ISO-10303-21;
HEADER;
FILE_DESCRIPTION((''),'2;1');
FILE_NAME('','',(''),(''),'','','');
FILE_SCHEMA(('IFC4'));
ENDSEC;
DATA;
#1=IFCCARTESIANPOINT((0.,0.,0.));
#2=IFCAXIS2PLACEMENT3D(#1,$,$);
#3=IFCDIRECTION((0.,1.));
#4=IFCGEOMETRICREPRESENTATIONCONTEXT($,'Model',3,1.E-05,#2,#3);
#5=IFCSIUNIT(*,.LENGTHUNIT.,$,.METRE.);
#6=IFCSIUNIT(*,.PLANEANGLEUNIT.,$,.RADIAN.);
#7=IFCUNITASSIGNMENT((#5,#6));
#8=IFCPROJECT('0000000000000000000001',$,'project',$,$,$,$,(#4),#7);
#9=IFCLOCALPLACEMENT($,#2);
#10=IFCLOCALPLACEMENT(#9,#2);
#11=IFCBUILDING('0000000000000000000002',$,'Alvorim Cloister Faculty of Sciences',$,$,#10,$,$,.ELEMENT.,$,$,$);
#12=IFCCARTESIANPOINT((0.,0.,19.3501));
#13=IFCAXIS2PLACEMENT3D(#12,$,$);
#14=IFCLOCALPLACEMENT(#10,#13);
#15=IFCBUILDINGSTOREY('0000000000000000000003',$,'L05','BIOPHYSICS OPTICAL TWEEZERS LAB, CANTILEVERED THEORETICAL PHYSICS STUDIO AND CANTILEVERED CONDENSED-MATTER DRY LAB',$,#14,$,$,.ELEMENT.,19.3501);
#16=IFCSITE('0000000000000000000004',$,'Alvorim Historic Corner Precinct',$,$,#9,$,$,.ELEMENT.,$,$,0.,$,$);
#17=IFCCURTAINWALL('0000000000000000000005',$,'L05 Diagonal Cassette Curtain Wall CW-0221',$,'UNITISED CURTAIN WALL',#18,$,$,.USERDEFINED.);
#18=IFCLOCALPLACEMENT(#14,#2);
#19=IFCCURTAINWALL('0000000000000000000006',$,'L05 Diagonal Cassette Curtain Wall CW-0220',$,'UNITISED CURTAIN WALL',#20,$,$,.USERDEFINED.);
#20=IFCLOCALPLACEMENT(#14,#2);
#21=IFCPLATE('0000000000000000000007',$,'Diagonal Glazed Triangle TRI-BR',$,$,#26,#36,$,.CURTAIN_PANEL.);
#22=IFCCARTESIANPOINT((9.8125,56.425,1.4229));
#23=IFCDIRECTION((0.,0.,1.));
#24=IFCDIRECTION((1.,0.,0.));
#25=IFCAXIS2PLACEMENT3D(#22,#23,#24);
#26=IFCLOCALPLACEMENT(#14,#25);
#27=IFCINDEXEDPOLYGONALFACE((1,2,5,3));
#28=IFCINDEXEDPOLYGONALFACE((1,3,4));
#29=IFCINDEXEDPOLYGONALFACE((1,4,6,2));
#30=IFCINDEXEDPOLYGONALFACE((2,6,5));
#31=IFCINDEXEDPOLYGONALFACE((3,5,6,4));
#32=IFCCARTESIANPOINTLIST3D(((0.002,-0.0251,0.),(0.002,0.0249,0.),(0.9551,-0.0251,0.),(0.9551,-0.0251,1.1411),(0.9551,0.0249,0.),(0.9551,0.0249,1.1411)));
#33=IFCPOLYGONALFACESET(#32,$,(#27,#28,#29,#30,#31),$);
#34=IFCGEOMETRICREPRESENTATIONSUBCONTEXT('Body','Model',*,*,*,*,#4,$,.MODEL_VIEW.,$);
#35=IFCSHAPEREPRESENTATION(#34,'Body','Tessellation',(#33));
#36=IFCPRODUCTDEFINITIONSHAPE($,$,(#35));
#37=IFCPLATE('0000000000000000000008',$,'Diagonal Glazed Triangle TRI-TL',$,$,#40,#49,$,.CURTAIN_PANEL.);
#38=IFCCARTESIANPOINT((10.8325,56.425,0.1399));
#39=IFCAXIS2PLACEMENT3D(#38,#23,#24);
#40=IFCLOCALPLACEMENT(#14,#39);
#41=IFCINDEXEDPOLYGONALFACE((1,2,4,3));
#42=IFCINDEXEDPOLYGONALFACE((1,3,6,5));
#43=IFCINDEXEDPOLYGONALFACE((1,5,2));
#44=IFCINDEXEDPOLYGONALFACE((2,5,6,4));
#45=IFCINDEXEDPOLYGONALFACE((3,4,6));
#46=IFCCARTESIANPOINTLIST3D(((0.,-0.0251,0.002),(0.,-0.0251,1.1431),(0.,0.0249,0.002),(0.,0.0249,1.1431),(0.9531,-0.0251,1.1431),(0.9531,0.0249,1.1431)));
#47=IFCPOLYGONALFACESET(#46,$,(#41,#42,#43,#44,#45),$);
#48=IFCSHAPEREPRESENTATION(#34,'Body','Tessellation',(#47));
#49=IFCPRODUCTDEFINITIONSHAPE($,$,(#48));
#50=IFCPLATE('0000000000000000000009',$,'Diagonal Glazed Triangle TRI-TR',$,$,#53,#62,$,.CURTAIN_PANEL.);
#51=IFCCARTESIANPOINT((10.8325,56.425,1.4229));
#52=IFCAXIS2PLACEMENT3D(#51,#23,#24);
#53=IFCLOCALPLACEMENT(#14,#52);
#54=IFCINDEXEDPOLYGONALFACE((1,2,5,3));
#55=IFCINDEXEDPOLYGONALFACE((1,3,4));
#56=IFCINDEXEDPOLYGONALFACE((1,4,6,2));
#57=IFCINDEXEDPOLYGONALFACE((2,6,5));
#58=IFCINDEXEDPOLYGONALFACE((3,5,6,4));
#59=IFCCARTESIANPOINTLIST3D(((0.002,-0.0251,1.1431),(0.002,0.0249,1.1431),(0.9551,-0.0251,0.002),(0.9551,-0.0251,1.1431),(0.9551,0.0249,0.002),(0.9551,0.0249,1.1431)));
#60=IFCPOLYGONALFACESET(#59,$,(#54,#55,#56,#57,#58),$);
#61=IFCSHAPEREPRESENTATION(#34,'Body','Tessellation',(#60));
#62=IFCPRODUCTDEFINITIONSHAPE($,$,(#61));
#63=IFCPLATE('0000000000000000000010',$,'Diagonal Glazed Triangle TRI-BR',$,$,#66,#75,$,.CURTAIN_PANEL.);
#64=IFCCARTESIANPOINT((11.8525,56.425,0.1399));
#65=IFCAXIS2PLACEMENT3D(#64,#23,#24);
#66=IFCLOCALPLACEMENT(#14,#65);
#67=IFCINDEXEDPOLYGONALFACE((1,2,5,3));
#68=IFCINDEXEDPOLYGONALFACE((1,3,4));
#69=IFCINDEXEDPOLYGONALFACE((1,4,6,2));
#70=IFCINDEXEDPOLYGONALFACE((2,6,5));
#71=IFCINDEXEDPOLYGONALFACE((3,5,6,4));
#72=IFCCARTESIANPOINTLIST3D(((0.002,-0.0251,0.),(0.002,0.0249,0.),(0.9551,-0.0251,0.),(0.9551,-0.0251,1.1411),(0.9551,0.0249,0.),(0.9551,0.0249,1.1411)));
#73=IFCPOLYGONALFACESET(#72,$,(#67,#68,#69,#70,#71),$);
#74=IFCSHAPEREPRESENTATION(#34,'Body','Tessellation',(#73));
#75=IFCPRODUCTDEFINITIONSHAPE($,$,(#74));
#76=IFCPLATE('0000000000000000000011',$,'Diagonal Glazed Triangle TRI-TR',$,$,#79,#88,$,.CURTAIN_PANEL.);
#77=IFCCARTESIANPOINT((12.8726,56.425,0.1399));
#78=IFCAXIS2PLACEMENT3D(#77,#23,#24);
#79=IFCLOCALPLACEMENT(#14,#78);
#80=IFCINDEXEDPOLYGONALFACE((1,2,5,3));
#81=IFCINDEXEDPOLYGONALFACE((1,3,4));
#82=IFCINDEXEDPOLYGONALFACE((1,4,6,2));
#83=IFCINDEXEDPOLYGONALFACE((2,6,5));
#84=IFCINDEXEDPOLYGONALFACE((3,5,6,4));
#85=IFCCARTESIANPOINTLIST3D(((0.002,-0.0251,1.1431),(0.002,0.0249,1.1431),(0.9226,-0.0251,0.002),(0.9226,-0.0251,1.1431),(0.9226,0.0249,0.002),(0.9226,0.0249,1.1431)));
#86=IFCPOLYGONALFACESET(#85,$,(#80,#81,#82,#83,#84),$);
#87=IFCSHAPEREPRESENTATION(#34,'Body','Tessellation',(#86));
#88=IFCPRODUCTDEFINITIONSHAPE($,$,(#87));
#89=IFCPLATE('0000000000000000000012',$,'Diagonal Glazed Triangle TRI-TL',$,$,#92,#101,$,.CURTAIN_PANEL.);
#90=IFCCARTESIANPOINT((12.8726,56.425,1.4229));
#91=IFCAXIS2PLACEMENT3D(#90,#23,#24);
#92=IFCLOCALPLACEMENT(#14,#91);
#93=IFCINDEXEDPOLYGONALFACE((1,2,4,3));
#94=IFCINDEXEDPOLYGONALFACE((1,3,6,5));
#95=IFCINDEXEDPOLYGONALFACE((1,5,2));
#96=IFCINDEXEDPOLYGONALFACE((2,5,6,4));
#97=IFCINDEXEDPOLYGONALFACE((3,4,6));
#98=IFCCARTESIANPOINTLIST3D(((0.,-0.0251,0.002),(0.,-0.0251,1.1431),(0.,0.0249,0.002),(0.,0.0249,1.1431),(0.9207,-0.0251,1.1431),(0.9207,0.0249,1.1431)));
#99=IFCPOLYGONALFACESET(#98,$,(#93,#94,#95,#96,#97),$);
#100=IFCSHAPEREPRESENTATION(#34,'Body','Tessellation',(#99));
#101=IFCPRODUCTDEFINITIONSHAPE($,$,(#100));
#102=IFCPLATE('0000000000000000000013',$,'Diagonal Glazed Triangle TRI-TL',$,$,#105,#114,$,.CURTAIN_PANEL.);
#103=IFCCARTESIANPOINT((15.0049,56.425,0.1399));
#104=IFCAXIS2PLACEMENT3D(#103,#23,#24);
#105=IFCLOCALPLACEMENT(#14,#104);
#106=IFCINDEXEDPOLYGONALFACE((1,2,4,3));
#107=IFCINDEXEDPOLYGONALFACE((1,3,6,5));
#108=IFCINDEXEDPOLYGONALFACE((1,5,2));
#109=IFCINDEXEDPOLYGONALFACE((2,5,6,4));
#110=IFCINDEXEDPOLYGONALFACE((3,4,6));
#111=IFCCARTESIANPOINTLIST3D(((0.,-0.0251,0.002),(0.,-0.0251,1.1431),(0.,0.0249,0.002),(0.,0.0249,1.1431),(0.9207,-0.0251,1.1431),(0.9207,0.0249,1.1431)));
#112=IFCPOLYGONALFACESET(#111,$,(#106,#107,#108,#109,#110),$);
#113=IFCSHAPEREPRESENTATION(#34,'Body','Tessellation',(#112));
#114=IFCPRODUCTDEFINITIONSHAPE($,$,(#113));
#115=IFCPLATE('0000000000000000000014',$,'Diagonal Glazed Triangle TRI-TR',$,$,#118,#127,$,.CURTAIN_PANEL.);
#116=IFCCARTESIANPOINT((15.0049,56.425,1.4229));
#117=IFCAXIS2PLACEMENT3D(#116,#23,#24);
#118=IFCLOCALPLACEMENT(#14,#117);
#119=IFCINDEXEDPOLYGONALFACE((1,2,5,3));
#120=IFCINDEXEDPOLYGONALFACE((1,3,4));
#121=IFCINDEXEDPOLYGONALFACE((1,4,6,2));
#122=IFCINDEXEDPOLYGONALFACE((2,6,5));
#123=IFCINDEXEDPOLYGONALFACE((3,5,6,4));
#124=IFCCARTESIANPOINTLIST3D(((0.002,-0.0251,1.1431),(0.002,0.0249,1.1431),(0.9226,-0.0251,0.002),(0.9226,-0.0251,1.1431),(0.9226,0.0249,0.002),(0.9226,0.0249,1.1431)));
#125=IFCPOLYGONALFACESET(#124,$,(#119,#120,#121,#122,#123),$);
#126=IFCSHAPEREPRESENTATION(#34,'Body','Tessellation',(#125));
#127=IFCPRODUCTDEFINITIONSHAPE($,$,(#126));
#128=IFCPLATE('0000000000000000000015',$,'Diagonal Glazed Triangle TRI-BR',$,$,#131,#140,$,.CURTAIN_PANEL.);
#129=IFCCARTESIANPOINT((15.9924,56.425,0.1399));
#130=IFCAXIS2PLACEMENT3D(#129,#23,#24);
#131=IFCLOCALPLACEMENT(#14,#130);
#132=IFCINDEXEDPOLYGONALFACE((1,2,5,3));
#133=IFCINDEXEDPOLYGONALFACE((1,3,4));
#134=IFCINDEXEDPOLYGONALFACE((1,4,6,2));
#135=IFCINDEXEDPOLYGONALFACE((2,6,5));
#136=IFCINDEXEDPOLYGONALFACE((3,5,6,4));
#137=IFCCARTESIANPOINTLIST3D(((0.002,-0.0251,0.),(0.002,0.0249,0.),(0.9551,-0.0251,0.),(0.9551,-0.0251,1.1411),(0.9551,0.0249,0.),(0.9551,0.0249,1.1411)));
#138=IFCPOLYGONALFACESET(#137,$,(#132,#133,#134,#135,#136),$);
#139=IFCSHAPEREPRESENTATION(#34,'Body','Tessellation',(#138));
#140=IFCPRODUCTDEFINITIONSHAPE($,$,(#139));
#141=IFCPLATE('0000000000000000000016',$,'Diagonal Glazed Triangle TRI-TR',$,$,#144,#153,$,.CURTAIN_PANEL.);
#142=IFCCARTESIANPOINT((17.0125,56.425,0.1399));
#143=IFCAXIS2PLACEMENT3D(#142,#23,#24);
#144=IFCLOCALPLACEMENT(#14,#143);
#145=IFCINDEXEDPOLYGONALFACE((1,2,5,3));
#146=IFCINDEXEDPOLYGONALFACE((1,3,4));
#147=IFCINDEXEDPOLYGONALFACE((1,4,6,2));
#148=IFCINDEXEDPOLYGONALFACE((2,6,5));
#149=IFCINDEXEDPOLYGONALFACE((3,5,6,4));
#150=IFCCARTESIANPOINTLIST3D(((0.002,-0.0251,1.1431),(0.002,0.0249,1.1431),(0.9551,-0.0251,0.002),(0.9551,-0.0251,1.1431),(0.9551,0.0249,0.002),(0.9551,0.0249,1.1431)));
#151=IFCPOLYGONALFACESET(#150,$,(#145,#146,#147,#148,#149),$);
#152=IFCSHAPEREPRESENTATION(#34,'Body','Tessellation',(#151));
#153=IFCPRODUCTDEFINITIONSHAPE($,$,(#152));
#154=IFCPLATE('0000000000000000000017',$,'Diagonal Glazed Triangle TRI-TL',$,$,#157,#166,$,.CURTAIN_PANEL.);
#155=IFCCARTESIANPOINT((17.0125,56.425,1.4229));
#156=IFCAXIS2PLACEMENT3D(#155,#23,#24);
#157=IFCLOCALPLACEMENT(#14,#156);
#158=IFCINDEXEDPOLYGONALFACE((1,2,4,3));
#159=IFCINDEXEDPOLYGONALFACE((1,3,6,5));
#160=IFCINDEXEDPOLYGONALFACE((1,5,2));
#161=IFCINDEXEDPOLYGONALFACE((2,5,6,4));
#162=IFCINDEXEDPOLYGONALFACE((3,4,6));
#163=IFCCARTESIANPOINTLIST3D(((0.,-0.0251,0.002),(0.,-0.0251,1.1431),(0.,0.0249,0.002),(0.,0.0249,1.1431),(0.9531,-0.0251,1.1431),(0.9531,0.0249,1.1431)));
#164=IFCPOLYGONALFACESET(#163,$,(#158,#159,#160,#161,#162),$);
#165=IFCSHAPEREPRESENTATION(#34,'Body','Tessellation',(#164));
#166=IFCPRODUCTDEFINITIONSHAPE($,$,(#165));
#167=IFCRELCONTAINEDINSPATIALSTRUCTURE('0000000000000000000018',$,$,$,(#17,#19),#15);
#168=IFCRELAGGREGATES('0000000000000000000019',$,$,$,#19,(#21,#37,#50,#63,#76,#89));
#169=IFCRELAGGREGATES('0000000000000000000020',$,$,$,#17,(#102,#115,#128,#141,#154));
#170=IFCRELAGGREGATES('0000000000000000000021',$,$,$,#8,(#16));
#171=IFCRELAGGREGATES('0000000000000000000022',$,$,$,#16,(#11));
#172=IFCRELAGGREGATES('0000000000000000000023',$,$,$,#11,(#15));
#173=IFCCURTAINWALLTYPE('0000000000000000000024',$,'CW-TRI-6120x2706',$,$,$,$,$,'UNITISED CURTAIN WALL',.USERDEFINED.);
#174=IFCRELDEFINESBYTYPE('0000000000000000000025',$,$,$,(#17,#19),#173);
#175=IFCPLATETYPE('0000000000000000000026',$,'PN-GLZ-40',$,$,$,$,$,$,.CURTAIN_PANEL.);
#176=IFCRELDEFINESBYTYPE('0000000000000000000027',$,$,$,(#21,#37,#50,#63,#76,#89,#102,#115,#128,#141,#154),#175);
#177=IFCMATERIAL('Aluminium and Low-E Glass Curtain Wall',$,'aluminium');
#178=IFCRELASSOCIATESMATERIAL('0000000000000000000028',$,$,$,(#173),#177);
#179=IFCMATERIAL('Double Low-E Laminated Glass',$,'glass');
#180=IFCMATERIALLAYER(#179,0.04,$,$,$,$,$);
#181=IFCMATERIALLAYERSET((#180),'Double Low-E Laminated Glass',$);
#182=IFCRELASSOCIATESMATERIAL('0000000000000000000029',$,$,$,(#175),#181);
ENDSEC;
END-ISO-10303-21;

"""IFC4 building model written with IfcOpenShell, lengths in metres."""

from ifc_helpers import new_model, si_unit, direction, frame, origin, place, context, subcontext, project, spatial, polyline, outline, extrude, material, layer, layer_set, type_object, element, aggregate, save


model = new_model("IFC4")

# Units and contexts
model_context = context("Model", 3, precision=1e-05, world=origin(), true_north=direction((0.0, 1.0)))
body_context = subcontext(model_context, "Body", "Model", "MODEL_VIEW")
ifc_project = project(units=[si_unit("LENGTHUNIT", "METRE"), si_unit("PLANEANGLEUNIT", "RADIAN")], contexts=[model_context])

# Site, building, storey
site_placement = place(None, origin())
site = spatial("IfcSite", under=ifc_project, at=site_placement, Name="Alvorim Historic Corner Precinct", CompositionType="ELEMENT", RefElevation=0.0)
building_placement = place(site_placement, origin())
building = spatial("IfcBuilding", under=site, at=building_placement, Name="Alvorim Cloister Faculty of Sciences", CompositionType="ELEMENT")
storey_placement = place(building_placement, frame((0.0, 0.0, 19.3501)))
storey = spatial("IfcBuildingStorey", under=building, at=storey_placement, Name="L05", Description="BIOPHYSICS OPTICAL TWEEZERS LAB, CANTILEVERED THEORETICAL PHYSICS STUDIO AND CANTILEVERED CONDENSED-MATTER DRY LAB", CompositionType="ELEMENT", Elevation=19.3501)

# Curtain wall
ifc_material_1 = material(Name="Aluminium and Low-E Glass Curtain Wall", Category="aluminium")
curtain_wall_type = type_object("IfcCurtainWallType", Name="CW-TRI-6120x2706", ElementType="UNITISED CURTAIN WALL", PredefinedType="USERDEFINED", material=ifc_material_1)
curtain_wall_1_placement = place(storey_placement, origin())
curtain_wall_1 = element("IfcCurtainWall", 1, at=curtain_wall_1_placement, inside=storey, type_object=curtain_wall_type, Name="L05 Diagonal Cassette Curtain Wall CW-0221", ObjectType="UNITISED CURTAIN WALL", PredefinedType="USERDEFINED")

# Curtain wall, plates
curtain_wall_2_placement = place(storey_placement, origin())
curtain_wall_2 = element("IfcCurtainWall", 2, at=curtain_wall_2_placement, inside=storey, type_object=curtain_wall_type, Name="L05 Diagonal Cassette Curtain Wall CW-0220", ObjectType="UNITISED CURTAIN WALL", PredefinedType="USERDEFINED")
ifc_material_2 = material(Name="Double Low-E Laminated Glass", Category="glass")
ifc_layer_1 = layer(ifc_material_2, 0.04)
ifc_layer_set_1 = layer_set([ifc_layer_1], Name="Double Low-E Laminated Glass")
plate_type = type_object("IfcPlateType", Name="PN-GLZ-40", PredefinedType="CURTAIN_PANEL", material=ifc_layer_set_1)
plate_1_placement = place(storey_placement, frame((9.8125, 56.425, 1.4229), z_axis=(0.0, 0.0, 1.0), x_axis=(1.0, 0.0, 0.0)))
plate_1 = element("IfcPlate", 3, at=plate_1_placement, type_object=plate_type, Name="Diagonal Glazed Triangle TRI-BR", PredefinedType="CURTAIN_PANEL", context=body_context, shape_type="SweptSolid", body=[
    extrude(outline(polyline([(0.002, 0.0), (0.9551, 0.0), (0.9551, 1.1411), (0.002, 0.0)])), frame((0.0, 0.0249, 0.0), z_axis=(0.0, -1.0, 0.0), x_axis=(1.0, 0.0, 0.0)), (0.0, 0.0, 1.0), 0.05),
])
plate_2_placement = place(storey_placement, frame((10.8325, 56.425, 0.1399), z_axis=(0.0, 0.0, 1.0), x_axis=(1.0, 0.0, 0.0)))
plate_2 = element("IfcPlate", 4, at=plate_2_placement, type_object=plate_type, Name="Diagonal Glazed Triangle TRI-TL", PredefinedType="CURTAIN_PANEL", context=body_context, shape_type="SweptSolid", body=[
    extrude(outline(polyline([(0.9531, 1.1431), (0.0, 1.1431), (0.0, 0.002), (0.9531, 1.1431)])), frame((0.0, 0.0249, 0.0), z_axis=(0.0, -1.0, 0.0), x_axis=(1.0, 0.0, 0.0)), (0.0, 0.0, 1.0), 0.05),
])
plate_3_placement = place(storey_placement, frame((10.8325, 56.425, 1.4229), z_axis=(0.0, 0.0, 1.0), x_axis=(1.0, 0.0, 0.0)))
plate_3 = element("IfcPlate", 5, at=plate_3_placement, type_object=plate_type, Name="Diagonal Glazed Triangle TRI-TR", PredefinedType="CURTAIN_PANEL", context=body_context, shape_type="SweptSolid", body=[
    extrude(outline(polyline([(0.9551, 0.002), (0.9551, 1.1431), (0.002, 1.1431), (0.9551, 0.002)])), frame((0.0, 0.0249, 0.0), z_axis=(0.0, -1.0, 0.0), x_axis=(1.0, 0.0, 0.0)), (0.0, 0.0, 1.0), 0.05),
])
plate_4_placement = place(storey_placement, frame((11.8525, 56.425, 0.1399), z_axis=(0.0, 0.0, 1.0), x_axis=(1.0, 0.0, 0.0)))
plate_4 = element("IfcPlate", 6, at=plate_4_placement, type_object=plate_type, Name="Diagonal Glazed Triangle TRI-BR", PredefinedType="CURTAIN_PANEL", context=body_context, shape_type="SweptSolid", body=[
    extrude(outline(polyline([(0.002, 0.0), (0.9551, 0.0), (0.9551, 1.1411), (0.002, 0.0)])), frame((0.0, 0.0249, 0.0), z_axis=(0.0, -1.0, 0.0), x_axis=(1.0, 0.0, 0.0)), (0.0, 0.0, 1.0), 0.05),
])
plate_5_placement = place(storey_placement, frame((12.8726, 56.425, 0.1399), z_axis=(0.0, 0.0, 1.0), x_axis=(1.0, 0.0, 0.0)))
plate_5 = element("IfcPlate", 7, at=plate_5_placement, type_object=plate_type, Name="Diagonal Glazed Triangle TRI-TR", PredefinedType="CURTAIN_PANEL", context=body_context, shape_type="SweptSolid", body=[
    extrude(outline(polyline([(0.9226, 0.002), (0.9226, 1.1431), (0.002, 1.1431), (0.9226, 0.002)])), frame((0.0, 0.0249, 0.0), z_axis=(0.0, -1.0, 0.0), x_axis=(1.0, 0.0, 0.0)), (0.0, 0.0, 1.0), 0.05),
])
plate_6_placement = place(storey_placement, frame((12.8726, 56.425, 1.4229), z_axis=(0.0, 0.0, 1.0), x_axis=(1.0, 0.0, 0.0)))
plate_6 = element("IfcPlate", 8, at=plate_6_placement, type_object=plate_type, Name="Diagonal Glazed Triangle TRI-TL", PredefinedType="CURTAIN_PANEL", context=body_context, shape_type="SweptSolid", body=[
    extrude(outline(polyline([(0.9207, 1.1431), (0.0, 1.1431), (0.0, 0.002), (0.9207, 1.1431)])), frame((0.0, 0.0249, 0.0), z_axis=(0.0, -1.0, 0.0), x_axis=(1.0, 0.0, 0.0)), (0.0, 0.0, 1.0), 0.05),
])
aggregate(curtain_wall_2, [plate_1, plate_2, plate_3, plate_4, plate_5, plate_6])

# Plates
plate_7_placement = place(storey_placement, frame((15.0049, 56.425, 0.1399), z_axis=(0.0, 0.0, 1.0), x_axis=(1.0, 0.0, 0.0)))
plate_7 = element("IfcPlate", 9, at=plate_7_placement, type_object=plate_type, Name="Diagonal Glazed Triangle TRI-TL", PredefinedType="CURTAIN_PANEL", context=body_context, shape_type="SweptSolid", body=[
    extrude(outline(polyline([(0.9207, 1.1431), (0.0, 1.1431), (0.0, 0.002), (0.9207, 1.1431)])), frame((0.0, 0.0249, 0.0), z_axis=(0.0, -1.0, 0.0), x_axis=(1.0, 0.0, 0.0)), (0.0, 0.0, 1.0), 0.05),
])
plate_8_placement = place(storey_placement, frame((15.0049, 56.425, 1.4229), z_axis=(0.0, 0.0, 1.0), x_axis=(1.0, 0.0, 0.0)))
plate_8 = element("IfcPlate", 10, at=plate_8_placement, type_object=plate_type, Name="Diagonal Glazed Triangle TRI-TR", PredefinedType="CURTAIN_PANEL", context=body_context, shape_type="SweptSolid", body=[
    extrude(outline(polyline([(0.9226, 0.002), (0.9226, 1.1431), (0.002, 1.1431), (0.9226, 0.002)])), frame((0.0, 0.0249, 0.0), z_axis=(0.0, -1.0, 0.0), x_axis=(1.0, 0.0, 0.0)), (0.0, 0.0, 1.0), 0.05),
])
plate_9_placement = place(storey_placement, frame((15.9924, 56.425, 0.1399), z_axis=(0.0, 0.0, 1.0), x_axis=(1.0, 0.0, 0.0)))
plate_9 = element("IfcPlate", 11, at=plate_9_placement, type_object=plate_type, Name="Diagonal Glazed Triangle TRI-BR", PredefinedType="CURTAIN_PANEL", context=body_context, shape_type="SweptSolid", body=[
    extrude(outline(polyline([(0.002, 0.0), (0.9551, 0.0), (0.9551, 1.1411), (0.002, 0.0)])), frame((0.0, 0.0249, 0.0), z_axis=(0.0, -1.0, 0.0), x_axis=(1.0, 0.0, 0.0)), (0.0, 0.0, 1.0), 0.05),
])
plate_10_placement = place(storey_placement, frame((17.0125, 56.425, 0.1399), z_axis=(0.0, 0.0, 1.0), x_axis=(1.0, 0.0, 0.0)))
plate_10 = element("IfcPlate", 12, at=plate_10_placement, type_object=plate_type, Name="Diagonal Glazed Triangle TRI-TR", PredefinedType="CURTAIN_PANEL", context=body_context, shape_type="SweptSolid", body=[
    extrude(outline(polyline([(0.9551, 0.002), (0.9551, 1.1431), (0.002, 1.1431), (0.9551, 0.002)])), frame((0.0, 0.0249, 0.0), z_axis=(0.0, -1.0, 0.0), x_axis=(1.0, 0.0, 0.0)), (0.0, 0.0, 1.0), 0.05),
])
plate_11_placement = place(storey_placement, frame((17.0125, 56.425, 1.4229), z_axis=(0.0, 0.0, 1.0), x_axis=(1.0, 0.0, 0.0)))
plate_11 = element("IfcPlate", 13, at=plate_11_placement, type_object=plate_type, Name="Diagonal Glazed Triangle TRI-TL", PredefinedType="CURTAIN_PANEL", context=body_context, shape_type="SweptSolid", body=[
    extrude(outline(polyline([(0.9531, 1.1431), (0.0, 1.1431), (0.0, 0.002), (0.9531, 1.1431)])), frame((0.0, 0.0249, 0.0), z_axis=(0.0, -1.0, 0.0), x_axis=(1.0, 0.0, 0.0)), (0.0, 0.0, 1.0), 0.05),
])
aggregate(curtain_wall_1, [plate_7, plate_8, plate_9, plate_10, plate_11])

save(model, "model.ifc")
